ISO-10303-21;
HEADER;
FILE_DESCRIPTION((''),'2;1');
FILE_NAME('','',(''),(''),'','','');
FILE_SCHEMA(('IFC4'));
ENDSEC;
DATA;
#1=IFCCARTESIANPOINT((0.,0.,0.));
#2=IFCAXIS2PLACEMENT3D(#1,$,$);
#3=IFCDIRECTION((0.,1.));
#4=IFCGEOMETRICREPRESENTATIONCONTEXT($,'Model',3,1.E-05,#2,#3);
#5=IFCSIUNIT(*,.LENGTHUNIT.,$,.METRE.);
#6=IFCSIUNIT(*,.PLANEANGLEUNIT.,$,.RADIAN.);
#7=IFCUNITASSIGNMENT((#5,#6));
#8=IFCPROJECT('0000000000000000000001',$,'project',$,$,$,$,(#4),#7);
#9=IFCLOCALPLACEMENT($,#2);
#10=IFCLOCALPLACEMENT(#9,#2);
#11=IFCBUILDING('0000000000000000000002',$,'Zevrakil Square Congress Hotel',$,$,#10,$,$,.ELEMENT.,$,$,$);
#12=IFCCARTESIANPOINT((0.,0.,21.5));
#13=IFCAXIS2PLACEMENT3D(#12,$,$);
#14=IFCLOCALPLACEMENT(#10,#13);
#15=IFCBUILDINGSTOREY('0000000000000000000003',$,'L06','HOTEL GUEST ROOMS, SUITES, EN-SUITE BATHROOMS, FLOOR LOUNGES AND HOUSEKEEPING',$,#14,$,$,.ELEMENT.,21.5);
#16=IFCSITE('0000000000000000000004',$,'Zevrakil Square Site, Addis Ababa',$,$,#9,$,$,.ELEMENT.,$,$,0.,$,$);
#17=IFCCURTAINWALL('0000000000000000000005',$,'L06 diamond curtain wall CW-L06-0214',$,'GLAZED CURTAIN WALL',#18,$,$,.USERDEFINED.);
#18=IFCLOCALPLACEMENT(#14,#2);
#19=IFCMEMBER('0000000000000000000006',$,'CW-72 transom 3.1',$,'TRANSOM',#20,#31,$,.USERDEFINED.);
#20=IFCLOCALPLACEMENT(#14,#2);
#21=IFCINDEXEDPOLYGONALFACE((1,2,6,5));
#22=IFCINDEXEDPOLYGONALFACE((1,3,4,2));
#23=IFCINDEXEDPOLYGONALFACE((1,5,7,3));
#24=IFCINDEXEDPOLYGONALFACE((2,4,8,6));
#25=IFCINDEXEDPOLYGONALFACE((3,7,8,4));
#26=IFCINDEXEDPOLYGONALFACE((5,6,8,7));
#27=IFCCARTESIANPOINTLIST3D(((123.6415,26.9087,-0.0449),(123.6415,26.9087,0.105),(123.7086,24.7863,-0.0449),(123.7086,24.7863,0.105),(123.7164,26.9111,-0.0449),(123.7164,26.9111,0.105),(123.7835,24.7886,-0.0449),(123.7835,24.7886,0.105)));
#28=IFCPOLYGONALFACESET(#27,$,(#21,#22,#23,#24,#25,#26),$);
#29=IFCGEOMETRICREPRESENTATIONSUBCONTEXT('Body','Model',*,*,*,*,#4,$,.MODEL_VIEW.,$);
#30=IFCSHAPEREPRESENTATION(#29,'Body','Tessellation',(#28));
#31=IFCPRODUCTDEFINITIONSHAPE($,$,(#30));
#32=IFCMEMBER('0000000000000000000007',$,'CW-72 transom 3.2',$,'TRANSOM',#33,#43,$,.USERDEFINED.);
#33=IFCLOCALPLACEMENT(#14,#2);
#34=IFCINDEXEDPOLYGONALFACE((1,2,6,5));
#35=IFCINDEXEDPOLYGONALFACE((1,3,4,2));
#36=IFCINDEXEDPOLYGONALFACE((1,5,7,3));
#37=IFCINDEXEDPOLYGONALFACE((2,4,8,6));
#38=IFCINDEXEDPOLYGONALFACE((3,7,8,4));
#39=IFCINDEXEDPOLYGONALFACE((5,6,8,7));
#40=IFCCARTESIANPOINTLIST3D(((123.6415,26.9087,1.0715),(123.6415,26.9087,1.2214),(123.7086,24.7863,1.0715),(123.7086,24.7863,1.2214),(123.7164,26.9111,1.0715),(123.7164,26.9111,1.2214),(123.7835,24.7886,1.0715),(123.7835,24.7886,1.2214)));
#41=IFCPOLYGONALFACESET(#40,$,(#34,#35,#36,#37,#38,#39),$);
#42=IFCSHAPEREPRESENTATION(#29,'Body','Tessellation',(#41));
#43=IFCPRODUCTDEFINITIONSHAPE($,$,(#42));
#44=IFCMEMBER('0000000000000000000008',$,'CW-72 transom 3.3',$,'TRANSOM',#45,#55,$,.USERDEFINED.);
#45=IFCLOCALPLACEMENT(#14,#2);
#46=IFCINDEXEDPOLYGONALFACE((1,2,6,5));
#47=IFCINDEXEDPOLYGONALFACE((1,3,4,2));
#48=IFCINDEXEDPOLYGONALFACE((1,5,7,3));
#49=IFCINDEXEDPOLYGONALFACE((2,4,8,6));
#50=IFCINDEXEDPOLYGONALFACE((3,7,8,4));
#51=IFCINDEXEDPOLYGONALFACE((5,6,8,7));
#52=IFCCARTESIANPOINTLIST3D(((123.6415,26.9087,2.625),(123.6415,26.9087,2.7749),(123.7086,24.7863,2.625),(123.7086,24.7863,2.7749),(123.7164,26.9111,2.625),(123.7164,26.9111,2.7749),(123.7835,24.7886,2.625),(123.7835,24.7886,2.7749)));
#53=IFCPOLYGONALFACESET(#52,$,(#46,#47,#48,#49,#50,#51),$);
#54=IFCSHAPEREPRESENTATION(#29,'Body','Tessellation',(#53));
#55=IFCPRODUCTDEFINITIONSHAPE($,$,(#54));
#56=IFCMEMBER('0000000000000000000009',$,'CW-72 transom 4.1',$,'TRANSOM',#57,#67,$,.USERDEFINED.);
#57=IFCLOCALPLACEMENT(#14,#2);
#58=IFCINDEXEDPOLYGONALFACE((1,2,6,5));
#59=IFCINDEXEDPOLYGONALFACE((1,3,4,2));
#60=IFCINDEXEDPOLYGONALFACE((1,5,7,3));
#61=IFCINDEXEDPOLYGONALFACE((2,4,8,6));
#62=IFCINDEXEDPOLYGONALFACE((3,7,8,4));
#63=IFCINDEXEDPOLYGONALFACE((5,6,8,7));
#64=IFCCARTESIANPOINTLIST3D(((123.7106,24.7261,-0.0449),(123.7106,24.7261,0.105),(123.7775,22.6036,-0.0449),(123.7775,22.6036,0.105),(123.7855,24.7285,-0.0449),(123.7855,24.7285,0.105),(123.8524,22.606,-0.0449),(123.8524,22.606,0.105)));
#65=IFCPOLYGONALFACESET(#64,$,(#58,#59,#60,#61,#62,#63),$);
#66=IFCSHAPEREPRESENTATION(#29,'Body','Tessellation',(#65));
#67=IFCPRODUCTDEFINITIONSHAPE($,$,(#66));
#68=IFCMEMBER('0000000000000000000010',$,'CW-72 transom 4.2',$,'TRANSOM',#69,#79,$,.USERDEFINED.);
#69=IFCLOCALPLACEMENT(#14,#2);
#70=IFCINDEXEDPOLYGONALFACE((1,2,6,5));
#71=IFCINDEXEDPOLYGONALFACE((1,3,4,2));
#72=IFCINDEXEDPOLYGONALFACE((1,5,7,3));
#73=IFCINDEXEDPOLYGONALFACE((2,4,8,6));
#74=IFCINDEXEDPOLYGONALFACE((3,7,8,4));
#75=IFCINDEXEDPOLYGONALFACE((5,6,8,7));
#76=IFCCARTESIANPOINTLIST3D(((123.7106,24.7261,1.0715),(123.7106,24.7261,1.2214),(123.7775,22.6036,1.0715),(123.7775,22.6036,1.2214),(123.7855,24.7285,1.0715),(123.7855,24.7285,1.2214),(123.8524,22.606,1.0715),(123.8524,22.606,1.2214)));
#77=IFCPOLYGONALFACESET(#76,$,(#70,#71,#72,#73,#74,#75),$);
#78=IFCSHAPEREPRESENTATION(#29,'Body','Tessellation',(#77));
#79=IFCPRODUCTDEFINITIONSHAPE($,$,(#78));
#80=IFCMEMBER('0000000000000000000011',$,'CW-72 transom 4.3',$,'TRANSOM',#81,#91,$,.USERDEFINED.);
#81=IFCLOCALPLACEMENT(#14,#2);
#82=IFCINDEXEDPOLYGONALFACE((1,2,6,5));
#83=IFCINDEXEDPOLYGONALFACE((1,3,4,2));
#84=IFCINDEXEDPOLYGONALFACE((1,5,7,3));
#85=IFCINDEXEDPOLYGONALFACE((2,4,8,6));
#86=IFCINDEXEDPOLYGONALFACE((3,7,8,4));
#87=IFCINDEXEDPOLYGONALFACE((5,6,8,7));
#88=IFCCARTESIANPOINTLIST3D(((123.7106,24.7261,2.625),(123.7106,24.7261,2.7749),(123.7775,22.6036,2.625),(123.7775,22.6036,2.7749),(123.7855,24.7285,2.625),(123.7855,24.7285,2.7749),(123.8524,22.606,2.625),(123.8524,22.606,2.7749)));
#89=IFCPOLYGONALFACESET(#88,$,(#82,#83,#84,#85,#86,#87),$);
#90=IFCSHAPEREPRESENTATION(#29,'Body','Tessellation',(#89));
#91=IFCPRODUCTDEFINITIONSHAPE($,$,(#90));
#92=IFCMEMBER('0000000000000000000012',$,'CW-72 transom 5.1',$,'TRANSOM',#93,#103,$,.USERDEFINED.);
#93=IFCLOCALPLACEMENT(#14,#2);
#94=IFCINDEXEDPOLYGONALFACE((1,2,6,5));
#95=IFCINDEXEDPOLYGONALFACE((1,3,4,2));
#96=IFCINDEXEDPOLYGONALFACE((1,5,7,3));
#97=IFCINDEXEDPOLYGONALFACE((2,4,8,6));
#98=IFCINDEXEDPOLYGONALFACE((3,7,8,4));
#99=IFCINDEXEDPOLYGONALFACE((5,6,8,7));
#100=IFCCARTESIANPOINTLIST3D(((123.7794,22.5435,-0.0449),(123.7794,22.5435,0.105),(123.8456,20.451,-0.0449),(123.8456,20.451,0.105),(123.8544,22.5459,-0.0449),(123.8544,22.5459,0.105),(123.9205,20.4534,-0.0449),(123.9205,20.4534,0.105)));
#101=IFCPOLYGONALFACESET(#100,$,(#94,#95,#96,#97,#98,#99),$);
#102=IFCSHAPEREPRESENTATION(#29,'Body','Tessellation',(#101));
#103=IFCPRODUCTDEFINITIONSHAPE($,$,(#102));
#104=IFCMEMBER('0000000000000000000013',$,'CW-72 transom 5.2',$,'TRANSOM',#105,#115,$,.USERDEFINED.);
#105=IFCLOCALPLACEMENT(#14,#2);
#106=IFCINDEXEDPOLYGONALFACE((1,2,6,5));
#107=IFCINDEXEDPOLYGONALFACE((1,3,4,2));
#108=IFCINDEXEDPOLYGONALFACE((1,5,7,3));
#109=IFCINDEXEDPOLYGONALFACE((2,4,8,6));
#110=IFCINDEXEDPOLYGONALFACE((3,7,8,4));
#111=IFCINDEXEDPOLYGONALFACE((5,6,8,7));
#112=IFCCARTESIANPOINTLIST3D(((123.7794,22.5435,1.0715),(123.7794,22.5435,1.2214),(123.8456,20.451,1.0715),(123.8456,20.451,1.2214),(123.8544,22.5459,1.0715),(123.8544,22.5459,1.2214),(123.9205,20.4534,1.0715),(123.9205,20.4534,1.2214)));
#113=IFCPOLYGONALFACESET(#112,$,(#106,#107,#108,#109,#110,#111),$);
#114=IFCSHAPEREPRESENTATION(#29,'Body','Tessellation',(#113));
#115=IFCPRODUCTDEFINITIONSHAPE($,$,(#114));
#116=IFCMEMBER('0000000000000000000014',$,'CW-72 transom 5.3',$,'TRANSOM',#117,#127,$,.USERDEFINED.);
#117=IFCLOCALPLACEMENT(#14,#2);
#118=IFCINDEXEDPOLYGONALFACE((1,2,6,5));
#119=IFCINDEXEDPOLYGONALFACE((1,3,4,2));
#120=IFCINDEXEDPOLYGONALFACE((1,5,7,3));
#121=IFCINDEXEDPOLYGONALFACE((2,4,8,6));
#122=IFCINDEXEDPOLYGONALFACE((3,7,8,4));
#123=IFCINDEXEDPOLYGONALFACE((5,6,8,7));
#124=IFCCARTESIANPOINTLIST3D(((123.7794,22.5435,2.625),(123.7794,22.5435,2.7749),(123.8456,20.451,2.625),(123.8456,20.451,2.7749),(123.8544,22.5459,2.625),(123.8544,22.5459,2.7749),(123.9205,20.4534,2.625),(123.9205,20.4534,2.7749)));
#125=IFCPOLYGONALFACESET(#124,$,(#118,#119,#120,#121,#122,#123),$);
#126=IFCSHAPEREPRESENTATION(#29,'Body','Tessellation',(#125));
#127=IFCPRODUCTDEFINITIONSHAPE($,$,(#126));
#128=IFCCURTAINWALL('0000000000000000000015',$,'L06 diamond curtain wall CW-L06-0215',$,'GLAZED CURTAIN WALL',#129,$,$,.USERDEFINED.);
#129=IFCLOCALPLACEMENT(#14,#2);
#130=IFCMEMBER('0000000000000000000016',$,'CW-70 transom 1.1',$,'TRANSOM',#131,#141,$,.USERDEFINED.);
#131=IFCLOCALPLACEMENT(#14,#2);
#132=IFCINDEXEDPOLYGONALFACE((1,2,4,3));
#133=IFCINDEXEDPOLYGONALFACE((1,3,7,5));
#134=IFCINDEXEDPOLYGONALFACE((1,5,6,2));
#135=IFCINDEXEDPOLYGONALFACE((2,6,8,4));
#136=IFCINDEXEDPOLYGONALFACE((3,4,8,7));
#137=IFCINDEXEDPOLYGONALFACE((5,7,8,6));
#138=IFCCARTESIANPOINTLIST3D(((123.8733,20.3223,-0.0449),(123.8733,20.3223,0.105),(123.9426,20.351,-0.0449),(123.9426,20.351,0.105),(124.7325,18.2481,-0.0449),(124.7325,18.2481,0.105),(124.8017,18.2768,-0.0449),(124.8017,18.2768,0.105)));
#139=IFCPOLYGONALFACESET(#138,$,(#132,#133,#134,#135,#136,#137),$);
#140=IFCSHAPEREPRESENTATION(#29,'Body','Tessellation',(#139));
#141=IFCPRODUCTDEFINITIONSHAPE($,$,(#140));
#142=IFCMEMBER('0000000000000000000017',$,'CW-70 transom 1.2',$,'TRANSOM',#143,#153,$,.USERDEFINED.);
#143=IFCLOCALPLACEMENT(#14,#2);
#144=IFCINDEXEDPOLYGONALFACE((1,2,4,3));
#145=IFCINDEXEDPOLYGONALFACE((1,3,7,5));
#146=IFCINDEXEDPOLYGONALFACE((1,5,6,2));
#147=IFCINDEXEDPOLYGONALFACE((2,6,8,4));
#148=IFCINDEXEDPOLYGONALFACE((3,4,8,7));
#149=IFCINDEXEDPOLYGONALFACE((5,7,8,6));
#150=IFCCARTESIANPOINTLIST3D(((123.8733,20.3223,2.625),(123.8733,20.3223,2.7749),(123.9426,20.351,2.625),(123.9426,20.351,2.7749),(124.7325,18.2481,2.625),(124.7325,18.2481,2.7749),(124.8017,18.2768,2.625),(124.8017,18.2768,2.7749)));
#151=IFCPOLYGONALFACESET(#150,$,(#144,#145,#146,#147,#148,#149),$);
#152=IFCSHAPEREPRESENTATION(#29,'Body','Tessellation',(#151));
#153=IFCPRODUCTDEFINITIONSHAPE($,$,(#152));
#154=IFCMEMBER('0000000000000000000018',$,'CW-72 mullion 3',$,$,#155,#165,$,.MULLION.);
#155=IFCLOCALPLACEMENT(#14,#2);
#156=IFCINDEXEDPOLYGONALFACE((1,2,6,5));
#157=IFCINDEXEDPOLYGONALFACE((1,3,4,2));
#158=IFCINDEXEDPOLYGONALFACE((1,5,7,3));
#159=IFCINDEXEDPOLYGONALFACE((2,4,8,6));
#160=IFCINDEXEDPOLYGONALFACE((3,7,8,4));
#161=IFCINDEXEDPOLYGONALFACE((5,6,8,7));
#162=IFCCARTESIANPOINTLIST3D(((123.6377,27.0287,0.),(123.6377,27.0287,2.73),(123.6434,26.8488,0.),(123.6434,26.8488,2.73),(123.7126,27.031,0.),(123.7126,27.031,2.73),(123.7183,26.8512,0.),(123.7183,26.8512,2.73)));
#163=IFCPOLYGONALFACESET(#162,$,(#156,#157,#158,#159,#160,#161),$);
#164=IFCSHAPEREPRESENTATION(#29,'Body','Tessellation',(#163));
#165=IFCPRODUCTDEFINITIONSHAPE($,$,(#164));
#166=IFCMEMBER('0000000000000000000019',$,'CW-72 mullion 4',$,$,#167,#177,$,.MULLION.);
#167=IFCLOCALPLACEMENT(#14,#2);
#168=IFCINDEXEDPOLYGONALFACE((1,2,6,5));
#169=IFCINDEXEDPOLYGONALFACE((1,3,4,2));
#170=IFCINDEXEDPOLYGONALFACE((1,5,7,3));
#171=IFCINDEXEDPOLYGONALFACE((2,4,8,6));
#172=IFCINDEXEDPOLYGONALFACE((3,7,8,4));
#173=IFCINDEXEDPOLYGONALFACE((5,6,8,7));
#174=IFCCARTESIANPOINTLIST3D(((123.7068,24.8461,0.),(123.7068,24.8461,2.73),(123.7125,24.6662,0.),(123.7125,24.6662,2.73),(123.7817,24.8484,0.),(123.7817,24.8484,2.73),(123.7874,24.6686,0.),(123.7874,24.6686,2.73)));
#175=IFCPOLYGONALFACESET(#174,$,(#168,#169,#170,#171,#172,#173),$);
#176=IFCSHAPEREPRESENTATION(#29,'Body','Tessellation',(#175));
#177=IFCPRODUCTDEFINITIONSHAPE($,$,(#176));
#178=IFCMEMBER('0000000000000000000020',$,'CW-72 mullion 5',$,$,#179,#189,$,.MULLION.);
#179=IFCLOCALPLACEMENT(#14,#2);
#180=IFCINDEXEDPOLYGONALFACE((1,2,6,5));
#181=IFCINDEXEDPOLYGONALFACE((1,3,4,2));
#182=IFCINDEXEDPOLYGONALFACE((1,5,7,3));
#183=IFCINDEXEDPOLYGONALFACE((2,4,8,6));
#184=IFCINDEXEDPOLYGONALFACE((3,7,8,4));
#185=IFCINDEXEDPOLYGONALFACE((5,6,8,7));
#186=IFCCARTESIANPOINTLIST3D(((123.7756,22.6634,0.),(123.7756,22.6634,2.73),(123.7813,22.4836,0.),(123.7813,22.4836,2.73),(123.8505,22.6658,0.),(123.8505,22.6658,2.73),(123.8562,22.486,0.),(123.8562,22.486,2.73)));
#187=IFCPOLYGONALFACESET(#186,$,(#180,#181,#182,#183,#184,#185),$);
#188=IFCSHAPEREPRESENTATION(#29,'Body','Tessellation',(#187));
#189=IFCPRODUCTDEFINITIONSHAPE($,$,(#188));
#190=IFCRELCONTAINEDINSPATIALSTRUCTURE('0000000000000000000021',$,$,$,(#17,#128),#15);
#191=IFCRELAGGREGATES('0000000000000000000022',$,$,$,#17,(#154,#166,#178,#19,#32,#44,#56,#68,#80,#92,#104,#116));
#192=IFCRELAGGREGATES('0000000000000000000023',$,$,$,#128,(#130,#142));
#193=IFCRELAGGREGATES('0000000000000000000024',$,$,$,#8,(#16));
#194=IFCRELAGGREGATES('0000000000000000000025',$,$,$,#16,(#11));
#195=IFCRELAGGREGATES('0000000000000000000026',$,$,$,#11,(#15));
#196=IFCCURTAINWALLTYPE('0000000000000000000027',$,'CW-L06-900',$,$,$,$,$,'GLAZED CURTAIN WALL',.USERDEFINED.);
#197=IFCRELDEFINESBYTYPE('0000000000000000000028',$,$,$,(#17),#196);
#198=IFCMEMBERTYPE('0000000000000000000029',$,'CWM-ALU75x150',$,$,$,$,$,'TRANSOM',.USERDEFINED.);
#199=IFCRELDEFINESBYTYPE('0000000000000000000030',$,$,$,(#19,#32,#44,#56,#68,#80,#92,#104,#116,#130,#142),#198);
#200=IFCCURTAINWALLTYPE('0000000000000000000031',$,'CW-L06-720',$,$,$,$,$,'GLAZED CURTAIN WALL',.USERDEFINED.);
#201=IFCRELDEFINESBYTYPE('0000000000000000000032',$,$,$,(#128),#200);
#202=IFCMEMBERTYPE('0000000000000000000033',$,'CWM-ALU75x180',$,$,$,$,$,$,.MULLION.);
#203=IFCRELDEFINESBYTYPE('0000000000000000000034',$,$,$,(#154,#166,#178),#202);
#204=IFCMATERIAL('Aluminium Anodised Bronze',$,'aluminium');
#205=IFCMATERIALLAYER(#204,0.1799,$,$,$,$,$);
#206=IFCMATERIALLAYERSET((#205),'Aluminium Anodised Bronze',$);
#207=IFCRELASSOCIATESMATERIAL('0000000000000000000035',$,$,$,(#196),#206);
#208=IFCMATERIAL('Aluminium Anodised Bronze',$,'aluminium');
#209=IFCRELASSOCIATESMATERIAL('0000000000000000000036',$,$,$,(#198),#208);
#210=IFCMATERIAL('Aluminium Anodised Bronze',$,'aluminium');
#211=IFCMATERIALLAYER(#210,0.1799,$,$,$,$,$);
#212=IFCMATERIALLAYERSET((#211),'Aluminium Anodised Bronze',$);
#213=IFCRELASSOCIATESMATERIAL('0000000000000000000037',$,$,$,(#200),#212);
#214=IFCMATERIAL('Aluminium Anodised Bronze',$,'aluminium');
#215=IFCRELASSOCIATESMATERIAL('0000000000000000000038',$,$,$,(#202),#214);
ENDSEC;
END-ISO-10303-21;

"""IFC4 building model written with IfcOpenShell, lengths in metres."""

from ifc_helpers import new_model, si_unit, direction, frame, origin, origin_2d, place, context, subcontext, project, spatial, rectangle, extrude, material, layer, layer_set, material_profile, profile_set, type_object, element, aggregate, save


model = new_model("IFC4")

# Units and contexts
model_context = context("Model", 3, precision=1e-05, world=origin(), true_north=direction((0.0, 1.0)))
body_context = subcontext(model_context, "Body", "Model", "MODEL_VIEW")
ifc_project = project(units=[si_unit("LENGTHUNIT", "METRE"), si_unit("PLANEANGLEUNIT", "RADIAN")], contexts=[model_context])

# Site, building, storey
site_placement = place(None, origin())
site = spatial("IfcSite", under=ifc_project, at=site_placement, Name="Zevrakil Square Site, Addis Ababa", CompositionType="ELEMENT", RefElevation=0.0)
building_placement = place(site_placement, origin())
building = spatial("IfcBuilding", under=site, at=building_placement, Name="Zevrakil Square Congress Hotel", CompositionType="ELEMENT")
storey_placement = place(building_placement, frame((0.0, 0.0, 21.5)))
storey = spatial("IfcBuildingStorey", under=building, at=storey_placement, Name="L06", Description="HOTEL GUEST ROOMS, SUITES, EN-SUITE BATHROOMS, FLOOR LOUNGES AND HOUSEKEEPING", CompositionType="ELEMENT", Elevation=21.5)

# Curtain walls, members
ifc_material_1 = material(Name="Aluminium Anodised Bronze", Category="aluminium")
ifc_layer_1 = layer(ifc_material_1, 0.1799)
ifc_layer_set_1 = layer_set([ifc_layer_1], Name="Aluminium Anodised Bronze")
curtain_wall_type_1 = type_object("IfcCurtainWallType", Name="CW-L06-900", ElementType="GLAZED CURTAIN WALL", PredefinedType="USERDEFINED", material=ifc_layer_set_1)
curtain_wall_1_placement = place(storey_placement, origin())
curtain_wall_1 = element("IfcCurtainWall", 1, at=curtain_wall_1_placement, inside=storey, type_object=curtain_wall_type_1, Name="L06 diamond curtain wall CW-L06-0214", ObjectType="GLAZED CURTAIN WALL", PredefinedType="USERDEFINED")
ifc_material_2 = material(Name="Aluminium Anodised Bronze", Category="aluminium")
ifc_material_profile_1 = material_profile(ifc_material_2, rectangle(XDim=0.075, YDim=0.1499, at=origin_2d()), Name="ALU 75x150")
ifc_profile_set_1 = profile_set([ifc_material_profile_1], Name="Aluminium Anodised Bronze")
member_type_1 = type_object("IfcMemberType", Name="CWM-ALU75x150", ElementType="TRANSOM", PredefinedType="USERDEFINED", material=ifc_profile_set_1)
member_1_placement = place(storey_placement, frame((123.679, 26.9099, 0.03), z_axis=(0.031615, -0.9995, 0.0), x_axis=(0.9995, 0.031615, 0.0)))
member_1 = element("IfcMember", 2, at=member_1_placement, type_object=member_type_1, Name="CW-72 transom 3.1", ObjectType="TRANSOM", PredefinedType="USERDEFINED", context=body_context, shape_type="SweptSolid", body=[
    extrude(rectangle(XDim=0.075, YDim=0.1499, at=origin_2d()), origin(), (0.0, 0.0, 1.0), 2.1235),
])
member_2_placement = place(storey_placement, frame((123.679, 26.9099, 1.1465), z_axis=(0.031615, -0.9995, 0.0), x_axis=(0.9995, 0.031615, 0.0)))
member_2 = element("IfcMember", 3, at=member_2_placement, type_object=member_type_1, Name="CW-72 transom 3.2", ObjectType="TRANSOM", PredefinedType="USERDEFINED", context=body_context, shape_type="SweptSolid", body=[
    extrude(rectangle(XDim=0.075, YDim=0.1499, at=origin_2d()), origin(), (0.0, 0.0, 1.0), 2.1235),
])
member_3_placement = place(storey_placement, frame((123.679, 26.9099, 2.7), z_axis=(0.031615, -0.9995, 0.0), x_axis=(0.9995, 0.031615, 0.0)))
member_3 = element("IfcMember", 4, at=member_3_placement, type_object=member_type_1, Name="CW-72 transom 3.3", ObjectType="TRANSOM", PredefinedType="USERDEFINED", context=body_context, shape_type="SweptSolid", body=[
    extrude(rectangle(XDim=0.075, YDim=0.1499, at=origin_2d()), origin(), (0.0, 0.0, 1.0), 2.1235),
])
member_4_placement = place(storey_placement, frame((123.748, 24.7273, 0.03), z_axis=(0.0315, -0.999504, 0.0), x_axis=(0.999504, 0.0315, 0.0)))
member_4 = element("IfcMember", 5, at=member_4_placement, type_object=member_type_1, Name="CW-72 transom 4.1", ObjectType="TRANSOM", PredefinedType="USERDEFINED", context=body_context, shape_type="SweptSolid", body=[
    extrude(rectangle(XDim=0.075, YDim=0.1499, at=origin_2d()), origin(), (0.0, 0.0, 1.0), 2.1235),
])
member_5_placement = place(storey_placement, frame((123.748, 24.7273, 1.1465), z_axis=(0.0315, -0.999504, 0.0), x_axis=(0.999504, 0.0315, 0.0)))
member_5 = element("IfcMember", 6, at=member_5_placement, type_object=member_type_1, Name="CW-72 transom 4.2", ObjectType="TRANSOM", PredefinedType="USERDEFINED", context=body_context, shape_type="SweptSolid", body=[
    extrude(rectangle(XDim=0.075, YDim=0.1499, at=origin_2d()), origin(), (0.0, 0.0, 1.0), 2.1235),
])
member_6_placement = place(storey_placement, frame((123.748, 24.7273, 2.7), z_axis=(0.0315, -0.999504, 0.0), x_axis=(0.999504, 0.0315, 0.0)))
member_6 = element("IfcMember", 7, at=member_6_placement, type_object=member_type_1, Name="CW-72 transom 4.3", ObjectType="TRANSOM", PredefinedType="USERDEFINED", context=body_context, shape_type="SweptSolid", body=[
    extrude(rectangle(XDim=0.075, YDim=0.1499, at=origin_2d()), origin(), (0.0, 0.0, 1.0), 2.1235),
])
member_7_placement = place(storey_placement, frame((123.8169, 22.5447, 0.03), z_axis=(0.031602, -0.999501, 0.0), x_axis=(0.999501, 0.031602, 0.0)))
member_7 = element("IfcMember", 8, at=member_7_placement, type_object=member_type_1, Name="CW-72 transom 5.1", ObjectType="TRANSOM", PredefinedType="USERDEFINED", context=body_context, shape_type="SweptSolid", body=[
    extrude(rectangle(XDim=0.075, YDim=0.1499, at=origin_2d()), origin(), (0.0, 0.0, 1.0), 2.0935),
])
member_8_placement = place(storey_placement, frame((123.8169, 22.5447, 1.1465), z_axis=(0.031602, -0.999501, 0.0), x_axis=(0.999501, 0.031602, 0.0)))
member_8 = element("IfcMember", 9, at=member_8_placement, type_object=member_type_1, Name="CW-72 transom 5.2", ObjectType="TRANSOM", PredefinedType="USERDEFINED", context=body_context, shape_type="SweptSolid", body=[
    extrude(rectangle(XDim=0.075, YDim=0.1499, at=origin_2d()), origin(), (0.0, 0.0, 1.0), 2.0935),
])
member_9_placement = place(storey_placement, frame((123.8169, 22.5447, 2.7), z_axis=(0.031602, -0.999501, 0.0), x_axis=(0.999501, 0.031602, 0.0)))
member_9 = element("IfcMember", 10, at=member_9_placement, type_object=member_type_1, Name="CW-72 transom 5.3", ObjectType="TRANSOM", PredefinedType="USERDEFINED", context=body_context, shape_type="SweptSolid", body=[
    extrude(rectangle(XDim=0.075, YDim=0.1499, at=origin_2d()), origin(), (0.0, 0.0, 1.0), 2.0935),
])
ifc_material_3 = material(Name="Aluminium Anodised Bronze", Category="aluminium")
ifc_layer_2 = layer(ifc_material_3, 0.1799)
ifc_layer_set_2 = layer_set([ifc_layer_2], Name="Aluminium Anodised Bronze")
curtain_wall_type_2 = type_object("IfcCurtainWallType", Name="CW-L06-720", ElementType="GLAZED CURTAIN WALL", PredefinedType="USERDEFINED", material=ifc_layer_set_2)
curtain_wall_2_placement = place(storey_placement, origin())
curtain_wall_2 = element("IfcCurtainWall", 11, at=curtain_wall_2_placement, inside=storey, type_object=curtain_wall_type_2, Name="L06 diamond curtain wall CW-L06-0215", ObjectType="GLAZED CURTAIN WALL", PredefinedType="USERDEFINED")
member_10_placement = place(storey_placement, frame((123.908, 20.3367, 0.03), z_axis=(0.382669, -0.923886, 0.0), x_axis=(0.923886, 0.382669, 0.0)))
member_10 = element("IfcMember", 12, at=member_10_placement, type_object=member_type_1, Name="CW-70 transom 1.1", ObjectType="TRANSOM", PredefinedType="USERDEFINED", context=body_context, shape_type="SweptSolid", body=[
    extrude(rectangle(XDim=0.075, YDim=0.1499, at=origin_2d()), origin(), (0.0, 0.0, 1.0), 2.2451),
])
member_11_placement = place(storey_placement, frame((123.908, 20.3367, 2.7), z_axis=(0.382669, -0.923886, 0.0), x_axis=(0.923886, 0.382669, 0.0)))
member_11 = element("IfcMember", 13, at=member_11_placement, type_object=member_type_1, Name="CW-70 transom 1.2", ObjectType="TRANSOM", PredefinedType="USERDEFINED", context=body_context, shape_type="SweptSolid", body=[
    extrude(rectangle(XDim=0.075, YDim=0.1499, at=origin_2d()), origin(), (0.0, 0.0, 1.0), 2.2451),
])

# Members
ifc_material_4 = material(Name="Aluminium Anodised Bronze", Category="aluminium")
ifc_material_profile_2 = material_profile(ifc_material_4, rectangle(XDim=0.075, YDim=0.1799, at=origin_2d()), Name="ALU 75x180")
ifc_profile_set_2 = profile_set([ifc_material_profile_2], Name="Aluminium Anodised Bronze")
member_type_2 = type_object("IfcMemberType", Name="CWM-ALU75x180", PredefinedType="MULLION", material=ifc_profile_set_2)
member_12_placement = place(storey_placement, frame((123.678, 26.9399, 0.0), z_axis=(0.0, 0.0, 1.0), x_axis=(0.999501, 0.031598, 0.0)))
member_12 = element("IfcMember", 14, at=member_12_placement, type_object=member_type_2, Name="CW-72 mullion 3", PredefinedType="MULLION", context=body_context, shape_type="SweptSolid", body=[
    extrude(rectangle(XDim=0.075, YDim=0.1799, at=origin_2d()), origin(), (0.0, 0.0, 1.0), 2.73),
])
member_13_placement = place(storey_placement, frame((123.7471, 24.7573, 0.0), z_axis=(0.0, 0.0, 1.0), x_axis=(0.999501, 0.031598, 0.0)))
member_13 = element("IfcMember", 15, at=member_13_placement, type_object=member_type_2, Name="CW-72 mullion 4", PredefinedType="MULLION", context=body_context, shape_type="SweptSolid", body=[
    extrude(rectangle(XDim=0.075, YDim=0.1799, at=origin_2d()), origin(), (0.0, 0.0, 1.0), 2.73),
])
member_14_placement = place(storey_placement, frame((123.8159, 22.5747, 0.0), z_axis=(0.0, 0.0, 1.0), x_axis=(0.999501, 0.031598, 0.0)))
member_14 = element("IfcMember", 16, at=member_14_placement, type_object=member_type_2, Name="CW-72 mullion 5", PredefinedType="MULLION", context=body_context, shape_type="SweptSolid", body=[
    extrude(rectangle(XDim=0.075, YDim=0.1799, at=origin_2d()), origin(), (0.0, 0.0, 1.0), 2.73),
])

aggregate(curtain_wall_1, [member_12, member_13, member_14, member_1, member_2, member_3, member_4, member_5, member_6, member_7, member_8, member_9])
aggregate(curtain_wall_2, [member_10, member_11])

save(model, "model.ifc")
